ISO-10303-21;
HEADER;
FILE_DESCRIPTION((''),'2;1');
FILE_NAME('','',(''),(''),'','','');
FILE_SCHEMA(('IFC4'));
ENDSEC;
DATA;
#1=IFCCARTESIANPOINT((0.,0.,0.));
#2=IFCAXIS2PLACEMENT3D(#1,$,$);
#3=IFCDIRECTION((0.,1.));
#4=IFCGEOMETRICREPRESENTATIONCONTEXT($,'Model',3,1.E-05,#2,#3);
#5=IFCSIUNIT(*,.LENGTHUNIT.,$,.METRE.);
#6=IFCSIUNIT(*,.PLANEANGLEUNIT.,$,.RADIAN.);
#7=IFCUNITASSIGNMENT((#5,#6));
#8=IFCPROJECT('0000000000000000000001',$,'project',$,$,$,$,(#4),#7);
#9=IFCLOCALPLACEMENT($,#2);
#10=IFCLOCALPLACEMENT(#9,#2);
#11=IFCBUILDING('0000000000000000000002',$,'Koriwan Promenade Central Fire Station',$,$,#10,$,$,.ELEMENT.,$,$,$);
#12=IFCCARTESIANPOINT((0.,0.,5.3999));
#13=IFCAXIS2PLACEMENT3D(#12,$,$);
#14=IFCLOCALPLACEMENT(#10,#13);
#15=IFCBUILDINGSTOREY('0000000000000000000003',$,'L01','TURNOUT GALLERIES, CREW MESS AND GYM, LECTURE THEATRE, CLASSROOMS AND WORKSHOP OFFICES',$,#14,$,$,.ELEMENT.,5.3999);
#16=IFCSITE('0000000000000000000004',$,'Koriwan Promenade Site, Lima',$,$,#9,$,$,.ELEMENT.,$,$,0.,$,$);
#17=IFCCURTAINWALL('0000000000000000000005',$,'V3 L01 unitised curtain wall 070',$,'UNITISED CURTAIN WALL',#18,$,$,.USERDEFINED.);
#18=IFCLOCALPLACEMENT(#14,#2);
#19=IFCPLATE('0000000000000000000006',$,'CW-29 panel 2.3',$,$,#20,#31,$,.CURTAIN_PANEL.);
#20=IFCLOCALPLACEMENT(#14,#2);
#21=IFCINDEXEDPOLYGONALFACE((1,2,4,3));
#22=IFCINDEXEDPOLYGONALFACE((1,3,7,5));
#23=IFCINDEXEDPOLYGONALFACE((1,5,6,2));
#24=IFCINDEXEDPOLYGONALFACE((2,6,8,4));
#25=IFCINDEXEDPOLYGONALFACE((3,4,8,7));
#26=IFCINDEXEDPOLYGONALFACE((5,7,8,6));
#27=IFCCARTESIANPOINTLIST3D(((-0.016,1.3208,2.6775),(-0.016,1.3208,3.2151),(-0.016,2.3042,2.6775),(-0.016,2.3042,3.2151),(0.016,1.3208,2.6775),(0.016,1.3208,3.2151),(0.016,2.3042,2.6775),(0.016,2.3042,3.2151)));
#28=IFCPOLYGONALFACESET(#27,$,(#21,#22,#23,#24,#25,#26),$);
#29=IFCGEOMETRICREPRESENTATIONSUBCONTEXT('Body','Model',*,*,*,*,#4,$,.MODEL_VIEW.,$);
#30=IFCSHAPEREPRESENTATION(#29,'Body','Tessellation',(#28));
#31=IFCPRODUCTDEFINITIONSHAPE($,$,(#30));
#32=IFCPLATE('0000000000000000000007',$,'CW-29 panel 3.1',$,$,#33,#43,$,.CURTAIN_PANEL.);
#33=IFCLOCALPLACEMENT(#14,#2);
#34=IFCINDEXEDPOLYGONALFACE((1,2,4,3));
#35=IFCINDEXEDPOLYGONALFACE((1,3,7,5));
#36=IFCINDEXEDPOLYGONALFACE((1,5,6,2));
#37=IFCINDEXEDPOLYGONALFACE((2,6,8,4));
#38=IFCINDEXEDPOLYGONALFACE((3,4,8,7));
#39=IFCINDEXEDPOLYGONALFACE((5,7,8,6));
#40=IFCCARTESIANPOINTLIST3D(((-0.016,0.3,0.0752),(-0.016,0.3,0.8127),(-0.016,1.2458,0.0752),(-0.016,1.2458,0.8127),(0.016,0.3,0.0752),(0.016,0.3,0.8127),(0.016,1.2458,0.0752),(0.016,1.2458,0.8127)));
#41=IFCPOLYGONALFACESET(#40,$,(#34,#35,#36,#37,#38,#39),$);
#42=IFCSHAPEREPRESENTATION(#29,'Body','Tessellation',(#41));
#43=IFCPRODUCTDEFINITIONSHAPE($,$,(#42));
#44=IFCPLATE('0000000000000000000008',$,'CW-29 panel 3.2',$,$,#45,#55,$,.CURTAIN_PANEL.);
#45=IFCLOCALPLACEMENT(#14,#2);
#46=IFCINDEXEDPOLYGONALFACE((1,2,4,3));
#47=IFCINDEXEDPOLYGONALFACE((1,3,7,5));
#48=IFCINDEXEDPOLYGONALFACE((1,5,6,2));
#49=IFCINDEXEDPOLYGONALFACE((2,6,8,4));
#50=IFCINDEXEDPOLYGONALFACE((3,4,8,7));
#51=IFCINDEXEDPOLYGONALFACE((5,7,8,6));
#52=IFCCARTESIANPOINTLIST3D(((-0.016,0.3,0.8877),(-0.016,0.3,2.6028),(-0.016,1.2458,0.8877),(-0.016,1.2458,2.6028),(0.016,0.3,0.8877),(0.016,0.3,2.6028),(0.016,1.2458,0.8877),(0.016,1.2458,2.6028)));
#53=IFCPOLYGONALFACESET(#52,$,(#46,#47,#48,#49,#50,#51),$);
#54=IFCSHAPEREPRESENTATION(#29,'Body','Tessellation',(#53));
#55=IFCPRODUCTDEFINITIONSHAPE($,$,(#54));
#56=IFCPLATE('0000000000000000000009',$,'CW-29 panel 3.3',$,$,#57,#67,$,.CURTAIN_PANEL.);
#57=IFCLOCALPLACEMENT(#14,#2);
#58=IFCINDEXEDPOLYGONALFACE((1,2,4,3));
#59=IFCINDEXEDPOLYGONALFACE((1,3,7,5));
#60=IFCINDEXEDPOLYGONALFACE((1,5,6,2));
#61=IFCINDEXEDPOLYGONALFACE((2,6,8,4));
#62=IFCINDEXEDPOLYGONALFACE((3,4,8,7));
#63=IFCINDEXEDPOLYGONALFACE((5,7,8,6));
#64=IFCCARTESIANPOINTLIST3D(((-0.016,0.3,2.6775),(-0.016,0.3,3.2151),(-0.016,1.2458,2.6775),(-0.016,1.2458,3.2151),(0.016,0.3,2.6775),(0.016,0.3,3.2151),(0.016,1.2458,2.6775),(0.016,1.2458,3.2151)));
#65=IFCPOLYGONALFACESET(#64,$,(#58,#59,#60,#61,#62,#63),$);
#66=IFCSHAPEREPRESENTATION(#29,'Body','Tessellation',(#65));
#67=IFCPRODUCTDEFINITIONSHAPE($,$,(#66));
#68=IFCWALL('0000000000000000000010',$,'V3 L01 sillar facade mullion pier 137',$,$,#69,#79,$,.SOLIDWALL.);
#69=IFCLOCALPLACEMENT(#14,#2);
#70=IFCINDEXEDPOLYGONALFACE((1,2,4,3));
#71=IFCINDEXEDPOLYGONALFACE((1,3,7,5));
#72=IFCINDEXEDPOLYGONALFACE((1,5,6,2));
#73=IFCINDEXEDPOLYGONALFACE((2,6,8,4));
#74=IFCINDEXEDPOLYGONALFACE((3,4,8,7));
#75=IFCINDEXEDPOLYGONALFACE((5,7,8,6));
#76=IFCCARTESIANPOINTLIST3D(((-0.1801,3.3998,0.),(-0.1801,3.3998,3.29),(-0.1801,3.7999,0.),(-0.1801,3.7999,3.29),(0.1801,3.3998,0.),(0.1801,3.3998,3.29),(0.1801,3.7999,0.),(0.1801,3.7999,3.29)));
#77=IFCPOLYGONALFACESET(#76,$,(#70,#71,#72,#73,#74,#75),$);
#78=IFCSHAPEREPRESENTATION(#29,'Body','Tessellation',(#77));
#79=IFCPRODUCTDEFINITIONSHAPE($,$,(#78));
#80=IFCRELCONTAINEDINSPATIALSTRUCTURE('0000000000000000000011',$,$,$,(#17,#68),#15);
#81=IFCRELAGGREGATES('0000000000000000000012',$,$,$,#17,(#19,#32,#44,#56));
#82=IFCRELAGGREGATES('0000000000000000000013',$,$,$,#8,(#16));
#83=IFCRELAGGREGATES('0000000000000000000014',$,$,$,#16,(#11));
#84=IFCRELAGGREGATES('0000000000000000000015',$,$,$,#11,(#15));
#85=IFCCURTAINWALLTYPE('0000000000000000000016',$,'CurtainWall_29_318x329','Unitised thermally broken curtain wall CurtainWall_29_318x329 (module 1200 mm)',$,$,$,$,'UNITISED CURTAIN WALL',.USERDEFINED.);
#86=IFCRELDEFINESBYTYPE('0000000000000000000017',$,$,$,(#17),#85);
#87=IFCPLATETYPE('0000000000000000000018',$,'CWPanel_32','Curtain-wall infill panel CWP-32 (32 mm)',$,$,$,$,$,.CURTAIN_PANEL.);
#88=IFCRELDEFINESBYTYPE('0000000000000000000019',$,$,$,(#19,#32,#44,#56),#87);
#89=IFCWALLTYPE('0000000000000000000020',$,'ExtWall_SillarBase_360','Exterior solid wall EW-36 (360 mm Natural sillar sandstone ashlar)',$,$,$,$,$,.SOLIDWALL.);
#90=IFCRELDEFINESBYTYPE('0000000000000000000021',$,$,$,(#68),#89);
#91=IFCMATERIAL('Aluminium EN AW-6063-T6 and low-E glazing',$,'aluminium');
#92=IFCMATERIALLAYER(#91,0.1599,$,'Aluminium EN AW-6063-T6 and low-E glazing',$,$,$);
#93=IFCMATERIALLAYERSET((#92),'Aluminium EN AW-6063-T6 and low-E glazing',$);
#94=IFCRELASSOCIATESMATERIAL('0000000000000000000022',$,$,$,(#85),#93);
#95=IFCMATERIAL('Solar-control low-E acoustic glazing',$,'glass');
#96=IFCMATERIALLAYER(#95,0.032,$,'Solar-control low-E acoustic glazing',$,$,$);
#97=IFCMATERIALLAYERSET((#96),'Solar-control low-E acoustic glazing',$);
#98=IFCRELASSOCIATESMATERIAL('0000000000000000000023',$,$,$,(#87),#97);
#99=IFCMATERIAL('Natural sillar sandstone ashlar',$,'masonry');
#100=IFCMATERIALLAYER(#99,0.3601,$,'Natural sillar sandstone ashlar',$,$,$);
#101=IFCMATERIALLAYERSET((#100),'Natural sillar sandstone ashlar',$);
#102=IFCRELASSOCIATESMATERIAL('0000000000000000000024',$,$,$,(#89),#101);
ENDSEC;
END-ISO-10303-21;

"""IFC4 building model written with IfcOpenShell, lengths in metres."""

from ifc_helpers import new_model, si_unit, direction, frame, frame_2d, origin, origin_2d, place, context, subcontext, project, spatial, rectangle, extrude, material, layer, layer_set, type_object, element, aggregate, save


model = new_model("IFC4")

# Units and contexts
model_context = context("Model", 3, precision=1e-05, world=origin(), true_north=direction((0.0, 1.0)))
body_context = subcontext(model_context, "Body", "Model", "MODEL_VIEW")
ifc_project = project(units=[si_unit("LENGTHUNIT", "METRE"), si_unit("PLANEANGLEUNIT", "RADIAN")], contexts=[model_context])

# Site, building, storey
site_placement = place(None, origin())
site = spatial("IfcSite", under=ifc_project, at=site_placement, Name="Koriwan Promenade Site, Lima", CompositionType="ELEMENT", RefElevation=0.0)
building_placement = place(site_placement, origin())
building = spatial("IfcBuilding", under=site, at=building_placement, Name="Koriwan Promenade Central Fire Station", CompositionType="ELEMENT")
storey_placement = place(building_placement, frame((0.0, 0.0, 5.3999)))
storey = spatial("IfcBuildingStorey", under=building, at=storey_placement, Name="L01", Description="TURNOUT GALLERIES, CREW MESS AND GYM, LECTURE THEATRE, CLASSROOMS AND WORKSHOP OFFICES", CompositionType="ELEMENT", Elevation=5.3999)

# Shared definitions
ifc_material_1 = material(Name="Aluminium EN AW-6063-T6 and low-E glazing", Category="aluminium")

# Curtain wall
ifc_layer_1 = layer(ifc_material_1, 0.1599, Name="Aluminium EN AW-6063-T6 and low-E glazing")
ifc_layer_set_1 = layer_set([ifc_layer_1], Name="Aluminium EN AW-6063-T6 and low-E glazing")
curtain_wall_type_1 = type_object("IfcCurtainWallType", Name="CurtainWall_29_318x329", Description="Unitised thermally broken curtain wall CurtainWall_29_318x329 (module 1200 mm)", ElementType="UNITISED CURTAIN WALL", PredefinedType="USERDEFINED", material=ifc_layer_set_1)
curtain_wall_1_placement = place(storey_placement, origin())
curtain_wall_1 = element("IfcCurtainWall", 1, at=curtain_wall_1_placement, inside=storey, type_object=curtain_wall_type_1, Name="V3 L01 unitised curtain wall 070", ObjectType="UNITISED CURTAIN WALL", PredefinedType="USERDEFINED")

# Plates
ifc_material_2 = material(Name="Solar-control low-E acoustic glazing", Category="glass")
ifc_layer_2 = layer(ifc_material_2, 0.032, Name="Solar-control low-E acoustic glazing")
ifc_layer_set_2 = layer_set([ifc_layer_2], Name="Solar-control low-E acoustic glazing")
plate_type = type_object("IfcPlateType", Name="CWPanel_32", Description="Curtain-wall infill panel CWP-32 (32 mm)", PredefinedType="CURTAIN_PANEL", material=ifc_layer_set_2)
plate_1_placement = place(storey_placement, frame((0.0, 1.8125, 2.6775), z_axis=(0.0, 0.0, 1.0), x_axis=(0.0, -1.0, 0.0)))
plate_1 = element("IfcPlate", 2, at=plate_1_placement, type_object=plate_type, Name="CW-29 panel 2.3", PredefinedType="CURTAIN_PANEL", context=body_context, shape_type="SweptSolid", body=[
    extrude(rectangle(XDim=0.9834, YDim=0.032, at=origin_2d()), origin(), (0.0, 0.0, 1.0), 0.5376),
])
plate_2_placement = place(storey_placement, frame((0.0, 0.7729, 0.0752), z_axis=(0.0, 0.0, 1.0), x_axis=(0.0, -1.0, 0.0)))
plate_2 = element("IfcPlate", 3, at=plate_2_placement, type_object=plate_type, Name="CW-29 panel 3.1", PredefinedType="CURTAIN_PANEL", context=body_context, shape_type="SweptSolid", body=[
    extrude(rectangle(XDim=0.9458, YDim=0.032, at=origin_2d()), origin(), (0.0, 0.0, 1.0), 0.7375),
])
plate_3_placement = place(storey_placement, frame((0.0, 0.7729, 0.8877), z_axis=(0.0, 0.0, 1.0), x_axis=(0.0, -1.0, 0.0)))
plate_3 = element("IfcPlate", 4, at=plate_3_placement, type_object=plate_type, Name="CW-29 panel 3.2", PredefinedType="CURTAIN_PANEL", context=body_context, shape_type="SweptSolid", body=[
    extrude(rectangle(XDim=0.9458, YDim=0.032, at=origin_2d()), origin(), (0.0, 0.0, 1.0), 1.7151),
])
plate_4_placement = place(storey_placement, frame((0.0, 0.7729, 2.6775), z_axis=(0.0, 0.0, 1.0), x_axis=(0.0, -1.0, 0.0)))
plate_4 = element("IfcPlate", 5, at=plate_4_placement, type_object=plate_type, Name="CW-29 panel 3.3", PredefinedType="CURTAIN_PANEL", context=body_context, shape_type="SweptSolid", body=[
    extrude(rectangle(XDim=0.9458, YDim=0.032, at=origin_2d()), origin(), (0.0, 0.0, 1.0), 0.5376),
])
aggregate(curtain_wall_1, [plate_1, plate_2, plate_3, plate_4])

# Wall
ifc_material_3 = material(Name="Natural sillar sandstone ashlar", Category="masonry")
ifc_layer_3 = layer(ifc_material_3, 0.3601, Name="Natural sillar sandstone ashlar")
ifc_layer_set_3 = layer_set([ifc_layer_3], Name="Natural sillar sandstone ashlar")
wall_type = type_object("IfcWallType", Name="ExtWall_SillarBase_360", Description="Exterior solid wall EW-36 (360 mm Natural sillar sandstone ashlar)", PredefinedType="SOLIDWALL", material=ifc_layer_set_3)
wall_placement = place(storey_placement, frame((0.0, 3.8, 0.0), z_axis=(0.0, 0.0, 1.0), x_axis=(0.0, -1.0, 0.0)))
element("IfcWall", 6, at=wall_placement, inside=storey, type_object=wall_type, Name="V3 L01 sillar facade mullion pier 137", PredefinedType="SOLIDWALL", context=body_context, shape_type="SweptSolid", body=[
    extrude(rectangle(XDim=0.4001, YDim=0.3601, at=frame_2d((0.2002, 0.0))), origin(), (0.0, 0.0, 1.0), 3.29),
])

save(model, "model.ifc")
